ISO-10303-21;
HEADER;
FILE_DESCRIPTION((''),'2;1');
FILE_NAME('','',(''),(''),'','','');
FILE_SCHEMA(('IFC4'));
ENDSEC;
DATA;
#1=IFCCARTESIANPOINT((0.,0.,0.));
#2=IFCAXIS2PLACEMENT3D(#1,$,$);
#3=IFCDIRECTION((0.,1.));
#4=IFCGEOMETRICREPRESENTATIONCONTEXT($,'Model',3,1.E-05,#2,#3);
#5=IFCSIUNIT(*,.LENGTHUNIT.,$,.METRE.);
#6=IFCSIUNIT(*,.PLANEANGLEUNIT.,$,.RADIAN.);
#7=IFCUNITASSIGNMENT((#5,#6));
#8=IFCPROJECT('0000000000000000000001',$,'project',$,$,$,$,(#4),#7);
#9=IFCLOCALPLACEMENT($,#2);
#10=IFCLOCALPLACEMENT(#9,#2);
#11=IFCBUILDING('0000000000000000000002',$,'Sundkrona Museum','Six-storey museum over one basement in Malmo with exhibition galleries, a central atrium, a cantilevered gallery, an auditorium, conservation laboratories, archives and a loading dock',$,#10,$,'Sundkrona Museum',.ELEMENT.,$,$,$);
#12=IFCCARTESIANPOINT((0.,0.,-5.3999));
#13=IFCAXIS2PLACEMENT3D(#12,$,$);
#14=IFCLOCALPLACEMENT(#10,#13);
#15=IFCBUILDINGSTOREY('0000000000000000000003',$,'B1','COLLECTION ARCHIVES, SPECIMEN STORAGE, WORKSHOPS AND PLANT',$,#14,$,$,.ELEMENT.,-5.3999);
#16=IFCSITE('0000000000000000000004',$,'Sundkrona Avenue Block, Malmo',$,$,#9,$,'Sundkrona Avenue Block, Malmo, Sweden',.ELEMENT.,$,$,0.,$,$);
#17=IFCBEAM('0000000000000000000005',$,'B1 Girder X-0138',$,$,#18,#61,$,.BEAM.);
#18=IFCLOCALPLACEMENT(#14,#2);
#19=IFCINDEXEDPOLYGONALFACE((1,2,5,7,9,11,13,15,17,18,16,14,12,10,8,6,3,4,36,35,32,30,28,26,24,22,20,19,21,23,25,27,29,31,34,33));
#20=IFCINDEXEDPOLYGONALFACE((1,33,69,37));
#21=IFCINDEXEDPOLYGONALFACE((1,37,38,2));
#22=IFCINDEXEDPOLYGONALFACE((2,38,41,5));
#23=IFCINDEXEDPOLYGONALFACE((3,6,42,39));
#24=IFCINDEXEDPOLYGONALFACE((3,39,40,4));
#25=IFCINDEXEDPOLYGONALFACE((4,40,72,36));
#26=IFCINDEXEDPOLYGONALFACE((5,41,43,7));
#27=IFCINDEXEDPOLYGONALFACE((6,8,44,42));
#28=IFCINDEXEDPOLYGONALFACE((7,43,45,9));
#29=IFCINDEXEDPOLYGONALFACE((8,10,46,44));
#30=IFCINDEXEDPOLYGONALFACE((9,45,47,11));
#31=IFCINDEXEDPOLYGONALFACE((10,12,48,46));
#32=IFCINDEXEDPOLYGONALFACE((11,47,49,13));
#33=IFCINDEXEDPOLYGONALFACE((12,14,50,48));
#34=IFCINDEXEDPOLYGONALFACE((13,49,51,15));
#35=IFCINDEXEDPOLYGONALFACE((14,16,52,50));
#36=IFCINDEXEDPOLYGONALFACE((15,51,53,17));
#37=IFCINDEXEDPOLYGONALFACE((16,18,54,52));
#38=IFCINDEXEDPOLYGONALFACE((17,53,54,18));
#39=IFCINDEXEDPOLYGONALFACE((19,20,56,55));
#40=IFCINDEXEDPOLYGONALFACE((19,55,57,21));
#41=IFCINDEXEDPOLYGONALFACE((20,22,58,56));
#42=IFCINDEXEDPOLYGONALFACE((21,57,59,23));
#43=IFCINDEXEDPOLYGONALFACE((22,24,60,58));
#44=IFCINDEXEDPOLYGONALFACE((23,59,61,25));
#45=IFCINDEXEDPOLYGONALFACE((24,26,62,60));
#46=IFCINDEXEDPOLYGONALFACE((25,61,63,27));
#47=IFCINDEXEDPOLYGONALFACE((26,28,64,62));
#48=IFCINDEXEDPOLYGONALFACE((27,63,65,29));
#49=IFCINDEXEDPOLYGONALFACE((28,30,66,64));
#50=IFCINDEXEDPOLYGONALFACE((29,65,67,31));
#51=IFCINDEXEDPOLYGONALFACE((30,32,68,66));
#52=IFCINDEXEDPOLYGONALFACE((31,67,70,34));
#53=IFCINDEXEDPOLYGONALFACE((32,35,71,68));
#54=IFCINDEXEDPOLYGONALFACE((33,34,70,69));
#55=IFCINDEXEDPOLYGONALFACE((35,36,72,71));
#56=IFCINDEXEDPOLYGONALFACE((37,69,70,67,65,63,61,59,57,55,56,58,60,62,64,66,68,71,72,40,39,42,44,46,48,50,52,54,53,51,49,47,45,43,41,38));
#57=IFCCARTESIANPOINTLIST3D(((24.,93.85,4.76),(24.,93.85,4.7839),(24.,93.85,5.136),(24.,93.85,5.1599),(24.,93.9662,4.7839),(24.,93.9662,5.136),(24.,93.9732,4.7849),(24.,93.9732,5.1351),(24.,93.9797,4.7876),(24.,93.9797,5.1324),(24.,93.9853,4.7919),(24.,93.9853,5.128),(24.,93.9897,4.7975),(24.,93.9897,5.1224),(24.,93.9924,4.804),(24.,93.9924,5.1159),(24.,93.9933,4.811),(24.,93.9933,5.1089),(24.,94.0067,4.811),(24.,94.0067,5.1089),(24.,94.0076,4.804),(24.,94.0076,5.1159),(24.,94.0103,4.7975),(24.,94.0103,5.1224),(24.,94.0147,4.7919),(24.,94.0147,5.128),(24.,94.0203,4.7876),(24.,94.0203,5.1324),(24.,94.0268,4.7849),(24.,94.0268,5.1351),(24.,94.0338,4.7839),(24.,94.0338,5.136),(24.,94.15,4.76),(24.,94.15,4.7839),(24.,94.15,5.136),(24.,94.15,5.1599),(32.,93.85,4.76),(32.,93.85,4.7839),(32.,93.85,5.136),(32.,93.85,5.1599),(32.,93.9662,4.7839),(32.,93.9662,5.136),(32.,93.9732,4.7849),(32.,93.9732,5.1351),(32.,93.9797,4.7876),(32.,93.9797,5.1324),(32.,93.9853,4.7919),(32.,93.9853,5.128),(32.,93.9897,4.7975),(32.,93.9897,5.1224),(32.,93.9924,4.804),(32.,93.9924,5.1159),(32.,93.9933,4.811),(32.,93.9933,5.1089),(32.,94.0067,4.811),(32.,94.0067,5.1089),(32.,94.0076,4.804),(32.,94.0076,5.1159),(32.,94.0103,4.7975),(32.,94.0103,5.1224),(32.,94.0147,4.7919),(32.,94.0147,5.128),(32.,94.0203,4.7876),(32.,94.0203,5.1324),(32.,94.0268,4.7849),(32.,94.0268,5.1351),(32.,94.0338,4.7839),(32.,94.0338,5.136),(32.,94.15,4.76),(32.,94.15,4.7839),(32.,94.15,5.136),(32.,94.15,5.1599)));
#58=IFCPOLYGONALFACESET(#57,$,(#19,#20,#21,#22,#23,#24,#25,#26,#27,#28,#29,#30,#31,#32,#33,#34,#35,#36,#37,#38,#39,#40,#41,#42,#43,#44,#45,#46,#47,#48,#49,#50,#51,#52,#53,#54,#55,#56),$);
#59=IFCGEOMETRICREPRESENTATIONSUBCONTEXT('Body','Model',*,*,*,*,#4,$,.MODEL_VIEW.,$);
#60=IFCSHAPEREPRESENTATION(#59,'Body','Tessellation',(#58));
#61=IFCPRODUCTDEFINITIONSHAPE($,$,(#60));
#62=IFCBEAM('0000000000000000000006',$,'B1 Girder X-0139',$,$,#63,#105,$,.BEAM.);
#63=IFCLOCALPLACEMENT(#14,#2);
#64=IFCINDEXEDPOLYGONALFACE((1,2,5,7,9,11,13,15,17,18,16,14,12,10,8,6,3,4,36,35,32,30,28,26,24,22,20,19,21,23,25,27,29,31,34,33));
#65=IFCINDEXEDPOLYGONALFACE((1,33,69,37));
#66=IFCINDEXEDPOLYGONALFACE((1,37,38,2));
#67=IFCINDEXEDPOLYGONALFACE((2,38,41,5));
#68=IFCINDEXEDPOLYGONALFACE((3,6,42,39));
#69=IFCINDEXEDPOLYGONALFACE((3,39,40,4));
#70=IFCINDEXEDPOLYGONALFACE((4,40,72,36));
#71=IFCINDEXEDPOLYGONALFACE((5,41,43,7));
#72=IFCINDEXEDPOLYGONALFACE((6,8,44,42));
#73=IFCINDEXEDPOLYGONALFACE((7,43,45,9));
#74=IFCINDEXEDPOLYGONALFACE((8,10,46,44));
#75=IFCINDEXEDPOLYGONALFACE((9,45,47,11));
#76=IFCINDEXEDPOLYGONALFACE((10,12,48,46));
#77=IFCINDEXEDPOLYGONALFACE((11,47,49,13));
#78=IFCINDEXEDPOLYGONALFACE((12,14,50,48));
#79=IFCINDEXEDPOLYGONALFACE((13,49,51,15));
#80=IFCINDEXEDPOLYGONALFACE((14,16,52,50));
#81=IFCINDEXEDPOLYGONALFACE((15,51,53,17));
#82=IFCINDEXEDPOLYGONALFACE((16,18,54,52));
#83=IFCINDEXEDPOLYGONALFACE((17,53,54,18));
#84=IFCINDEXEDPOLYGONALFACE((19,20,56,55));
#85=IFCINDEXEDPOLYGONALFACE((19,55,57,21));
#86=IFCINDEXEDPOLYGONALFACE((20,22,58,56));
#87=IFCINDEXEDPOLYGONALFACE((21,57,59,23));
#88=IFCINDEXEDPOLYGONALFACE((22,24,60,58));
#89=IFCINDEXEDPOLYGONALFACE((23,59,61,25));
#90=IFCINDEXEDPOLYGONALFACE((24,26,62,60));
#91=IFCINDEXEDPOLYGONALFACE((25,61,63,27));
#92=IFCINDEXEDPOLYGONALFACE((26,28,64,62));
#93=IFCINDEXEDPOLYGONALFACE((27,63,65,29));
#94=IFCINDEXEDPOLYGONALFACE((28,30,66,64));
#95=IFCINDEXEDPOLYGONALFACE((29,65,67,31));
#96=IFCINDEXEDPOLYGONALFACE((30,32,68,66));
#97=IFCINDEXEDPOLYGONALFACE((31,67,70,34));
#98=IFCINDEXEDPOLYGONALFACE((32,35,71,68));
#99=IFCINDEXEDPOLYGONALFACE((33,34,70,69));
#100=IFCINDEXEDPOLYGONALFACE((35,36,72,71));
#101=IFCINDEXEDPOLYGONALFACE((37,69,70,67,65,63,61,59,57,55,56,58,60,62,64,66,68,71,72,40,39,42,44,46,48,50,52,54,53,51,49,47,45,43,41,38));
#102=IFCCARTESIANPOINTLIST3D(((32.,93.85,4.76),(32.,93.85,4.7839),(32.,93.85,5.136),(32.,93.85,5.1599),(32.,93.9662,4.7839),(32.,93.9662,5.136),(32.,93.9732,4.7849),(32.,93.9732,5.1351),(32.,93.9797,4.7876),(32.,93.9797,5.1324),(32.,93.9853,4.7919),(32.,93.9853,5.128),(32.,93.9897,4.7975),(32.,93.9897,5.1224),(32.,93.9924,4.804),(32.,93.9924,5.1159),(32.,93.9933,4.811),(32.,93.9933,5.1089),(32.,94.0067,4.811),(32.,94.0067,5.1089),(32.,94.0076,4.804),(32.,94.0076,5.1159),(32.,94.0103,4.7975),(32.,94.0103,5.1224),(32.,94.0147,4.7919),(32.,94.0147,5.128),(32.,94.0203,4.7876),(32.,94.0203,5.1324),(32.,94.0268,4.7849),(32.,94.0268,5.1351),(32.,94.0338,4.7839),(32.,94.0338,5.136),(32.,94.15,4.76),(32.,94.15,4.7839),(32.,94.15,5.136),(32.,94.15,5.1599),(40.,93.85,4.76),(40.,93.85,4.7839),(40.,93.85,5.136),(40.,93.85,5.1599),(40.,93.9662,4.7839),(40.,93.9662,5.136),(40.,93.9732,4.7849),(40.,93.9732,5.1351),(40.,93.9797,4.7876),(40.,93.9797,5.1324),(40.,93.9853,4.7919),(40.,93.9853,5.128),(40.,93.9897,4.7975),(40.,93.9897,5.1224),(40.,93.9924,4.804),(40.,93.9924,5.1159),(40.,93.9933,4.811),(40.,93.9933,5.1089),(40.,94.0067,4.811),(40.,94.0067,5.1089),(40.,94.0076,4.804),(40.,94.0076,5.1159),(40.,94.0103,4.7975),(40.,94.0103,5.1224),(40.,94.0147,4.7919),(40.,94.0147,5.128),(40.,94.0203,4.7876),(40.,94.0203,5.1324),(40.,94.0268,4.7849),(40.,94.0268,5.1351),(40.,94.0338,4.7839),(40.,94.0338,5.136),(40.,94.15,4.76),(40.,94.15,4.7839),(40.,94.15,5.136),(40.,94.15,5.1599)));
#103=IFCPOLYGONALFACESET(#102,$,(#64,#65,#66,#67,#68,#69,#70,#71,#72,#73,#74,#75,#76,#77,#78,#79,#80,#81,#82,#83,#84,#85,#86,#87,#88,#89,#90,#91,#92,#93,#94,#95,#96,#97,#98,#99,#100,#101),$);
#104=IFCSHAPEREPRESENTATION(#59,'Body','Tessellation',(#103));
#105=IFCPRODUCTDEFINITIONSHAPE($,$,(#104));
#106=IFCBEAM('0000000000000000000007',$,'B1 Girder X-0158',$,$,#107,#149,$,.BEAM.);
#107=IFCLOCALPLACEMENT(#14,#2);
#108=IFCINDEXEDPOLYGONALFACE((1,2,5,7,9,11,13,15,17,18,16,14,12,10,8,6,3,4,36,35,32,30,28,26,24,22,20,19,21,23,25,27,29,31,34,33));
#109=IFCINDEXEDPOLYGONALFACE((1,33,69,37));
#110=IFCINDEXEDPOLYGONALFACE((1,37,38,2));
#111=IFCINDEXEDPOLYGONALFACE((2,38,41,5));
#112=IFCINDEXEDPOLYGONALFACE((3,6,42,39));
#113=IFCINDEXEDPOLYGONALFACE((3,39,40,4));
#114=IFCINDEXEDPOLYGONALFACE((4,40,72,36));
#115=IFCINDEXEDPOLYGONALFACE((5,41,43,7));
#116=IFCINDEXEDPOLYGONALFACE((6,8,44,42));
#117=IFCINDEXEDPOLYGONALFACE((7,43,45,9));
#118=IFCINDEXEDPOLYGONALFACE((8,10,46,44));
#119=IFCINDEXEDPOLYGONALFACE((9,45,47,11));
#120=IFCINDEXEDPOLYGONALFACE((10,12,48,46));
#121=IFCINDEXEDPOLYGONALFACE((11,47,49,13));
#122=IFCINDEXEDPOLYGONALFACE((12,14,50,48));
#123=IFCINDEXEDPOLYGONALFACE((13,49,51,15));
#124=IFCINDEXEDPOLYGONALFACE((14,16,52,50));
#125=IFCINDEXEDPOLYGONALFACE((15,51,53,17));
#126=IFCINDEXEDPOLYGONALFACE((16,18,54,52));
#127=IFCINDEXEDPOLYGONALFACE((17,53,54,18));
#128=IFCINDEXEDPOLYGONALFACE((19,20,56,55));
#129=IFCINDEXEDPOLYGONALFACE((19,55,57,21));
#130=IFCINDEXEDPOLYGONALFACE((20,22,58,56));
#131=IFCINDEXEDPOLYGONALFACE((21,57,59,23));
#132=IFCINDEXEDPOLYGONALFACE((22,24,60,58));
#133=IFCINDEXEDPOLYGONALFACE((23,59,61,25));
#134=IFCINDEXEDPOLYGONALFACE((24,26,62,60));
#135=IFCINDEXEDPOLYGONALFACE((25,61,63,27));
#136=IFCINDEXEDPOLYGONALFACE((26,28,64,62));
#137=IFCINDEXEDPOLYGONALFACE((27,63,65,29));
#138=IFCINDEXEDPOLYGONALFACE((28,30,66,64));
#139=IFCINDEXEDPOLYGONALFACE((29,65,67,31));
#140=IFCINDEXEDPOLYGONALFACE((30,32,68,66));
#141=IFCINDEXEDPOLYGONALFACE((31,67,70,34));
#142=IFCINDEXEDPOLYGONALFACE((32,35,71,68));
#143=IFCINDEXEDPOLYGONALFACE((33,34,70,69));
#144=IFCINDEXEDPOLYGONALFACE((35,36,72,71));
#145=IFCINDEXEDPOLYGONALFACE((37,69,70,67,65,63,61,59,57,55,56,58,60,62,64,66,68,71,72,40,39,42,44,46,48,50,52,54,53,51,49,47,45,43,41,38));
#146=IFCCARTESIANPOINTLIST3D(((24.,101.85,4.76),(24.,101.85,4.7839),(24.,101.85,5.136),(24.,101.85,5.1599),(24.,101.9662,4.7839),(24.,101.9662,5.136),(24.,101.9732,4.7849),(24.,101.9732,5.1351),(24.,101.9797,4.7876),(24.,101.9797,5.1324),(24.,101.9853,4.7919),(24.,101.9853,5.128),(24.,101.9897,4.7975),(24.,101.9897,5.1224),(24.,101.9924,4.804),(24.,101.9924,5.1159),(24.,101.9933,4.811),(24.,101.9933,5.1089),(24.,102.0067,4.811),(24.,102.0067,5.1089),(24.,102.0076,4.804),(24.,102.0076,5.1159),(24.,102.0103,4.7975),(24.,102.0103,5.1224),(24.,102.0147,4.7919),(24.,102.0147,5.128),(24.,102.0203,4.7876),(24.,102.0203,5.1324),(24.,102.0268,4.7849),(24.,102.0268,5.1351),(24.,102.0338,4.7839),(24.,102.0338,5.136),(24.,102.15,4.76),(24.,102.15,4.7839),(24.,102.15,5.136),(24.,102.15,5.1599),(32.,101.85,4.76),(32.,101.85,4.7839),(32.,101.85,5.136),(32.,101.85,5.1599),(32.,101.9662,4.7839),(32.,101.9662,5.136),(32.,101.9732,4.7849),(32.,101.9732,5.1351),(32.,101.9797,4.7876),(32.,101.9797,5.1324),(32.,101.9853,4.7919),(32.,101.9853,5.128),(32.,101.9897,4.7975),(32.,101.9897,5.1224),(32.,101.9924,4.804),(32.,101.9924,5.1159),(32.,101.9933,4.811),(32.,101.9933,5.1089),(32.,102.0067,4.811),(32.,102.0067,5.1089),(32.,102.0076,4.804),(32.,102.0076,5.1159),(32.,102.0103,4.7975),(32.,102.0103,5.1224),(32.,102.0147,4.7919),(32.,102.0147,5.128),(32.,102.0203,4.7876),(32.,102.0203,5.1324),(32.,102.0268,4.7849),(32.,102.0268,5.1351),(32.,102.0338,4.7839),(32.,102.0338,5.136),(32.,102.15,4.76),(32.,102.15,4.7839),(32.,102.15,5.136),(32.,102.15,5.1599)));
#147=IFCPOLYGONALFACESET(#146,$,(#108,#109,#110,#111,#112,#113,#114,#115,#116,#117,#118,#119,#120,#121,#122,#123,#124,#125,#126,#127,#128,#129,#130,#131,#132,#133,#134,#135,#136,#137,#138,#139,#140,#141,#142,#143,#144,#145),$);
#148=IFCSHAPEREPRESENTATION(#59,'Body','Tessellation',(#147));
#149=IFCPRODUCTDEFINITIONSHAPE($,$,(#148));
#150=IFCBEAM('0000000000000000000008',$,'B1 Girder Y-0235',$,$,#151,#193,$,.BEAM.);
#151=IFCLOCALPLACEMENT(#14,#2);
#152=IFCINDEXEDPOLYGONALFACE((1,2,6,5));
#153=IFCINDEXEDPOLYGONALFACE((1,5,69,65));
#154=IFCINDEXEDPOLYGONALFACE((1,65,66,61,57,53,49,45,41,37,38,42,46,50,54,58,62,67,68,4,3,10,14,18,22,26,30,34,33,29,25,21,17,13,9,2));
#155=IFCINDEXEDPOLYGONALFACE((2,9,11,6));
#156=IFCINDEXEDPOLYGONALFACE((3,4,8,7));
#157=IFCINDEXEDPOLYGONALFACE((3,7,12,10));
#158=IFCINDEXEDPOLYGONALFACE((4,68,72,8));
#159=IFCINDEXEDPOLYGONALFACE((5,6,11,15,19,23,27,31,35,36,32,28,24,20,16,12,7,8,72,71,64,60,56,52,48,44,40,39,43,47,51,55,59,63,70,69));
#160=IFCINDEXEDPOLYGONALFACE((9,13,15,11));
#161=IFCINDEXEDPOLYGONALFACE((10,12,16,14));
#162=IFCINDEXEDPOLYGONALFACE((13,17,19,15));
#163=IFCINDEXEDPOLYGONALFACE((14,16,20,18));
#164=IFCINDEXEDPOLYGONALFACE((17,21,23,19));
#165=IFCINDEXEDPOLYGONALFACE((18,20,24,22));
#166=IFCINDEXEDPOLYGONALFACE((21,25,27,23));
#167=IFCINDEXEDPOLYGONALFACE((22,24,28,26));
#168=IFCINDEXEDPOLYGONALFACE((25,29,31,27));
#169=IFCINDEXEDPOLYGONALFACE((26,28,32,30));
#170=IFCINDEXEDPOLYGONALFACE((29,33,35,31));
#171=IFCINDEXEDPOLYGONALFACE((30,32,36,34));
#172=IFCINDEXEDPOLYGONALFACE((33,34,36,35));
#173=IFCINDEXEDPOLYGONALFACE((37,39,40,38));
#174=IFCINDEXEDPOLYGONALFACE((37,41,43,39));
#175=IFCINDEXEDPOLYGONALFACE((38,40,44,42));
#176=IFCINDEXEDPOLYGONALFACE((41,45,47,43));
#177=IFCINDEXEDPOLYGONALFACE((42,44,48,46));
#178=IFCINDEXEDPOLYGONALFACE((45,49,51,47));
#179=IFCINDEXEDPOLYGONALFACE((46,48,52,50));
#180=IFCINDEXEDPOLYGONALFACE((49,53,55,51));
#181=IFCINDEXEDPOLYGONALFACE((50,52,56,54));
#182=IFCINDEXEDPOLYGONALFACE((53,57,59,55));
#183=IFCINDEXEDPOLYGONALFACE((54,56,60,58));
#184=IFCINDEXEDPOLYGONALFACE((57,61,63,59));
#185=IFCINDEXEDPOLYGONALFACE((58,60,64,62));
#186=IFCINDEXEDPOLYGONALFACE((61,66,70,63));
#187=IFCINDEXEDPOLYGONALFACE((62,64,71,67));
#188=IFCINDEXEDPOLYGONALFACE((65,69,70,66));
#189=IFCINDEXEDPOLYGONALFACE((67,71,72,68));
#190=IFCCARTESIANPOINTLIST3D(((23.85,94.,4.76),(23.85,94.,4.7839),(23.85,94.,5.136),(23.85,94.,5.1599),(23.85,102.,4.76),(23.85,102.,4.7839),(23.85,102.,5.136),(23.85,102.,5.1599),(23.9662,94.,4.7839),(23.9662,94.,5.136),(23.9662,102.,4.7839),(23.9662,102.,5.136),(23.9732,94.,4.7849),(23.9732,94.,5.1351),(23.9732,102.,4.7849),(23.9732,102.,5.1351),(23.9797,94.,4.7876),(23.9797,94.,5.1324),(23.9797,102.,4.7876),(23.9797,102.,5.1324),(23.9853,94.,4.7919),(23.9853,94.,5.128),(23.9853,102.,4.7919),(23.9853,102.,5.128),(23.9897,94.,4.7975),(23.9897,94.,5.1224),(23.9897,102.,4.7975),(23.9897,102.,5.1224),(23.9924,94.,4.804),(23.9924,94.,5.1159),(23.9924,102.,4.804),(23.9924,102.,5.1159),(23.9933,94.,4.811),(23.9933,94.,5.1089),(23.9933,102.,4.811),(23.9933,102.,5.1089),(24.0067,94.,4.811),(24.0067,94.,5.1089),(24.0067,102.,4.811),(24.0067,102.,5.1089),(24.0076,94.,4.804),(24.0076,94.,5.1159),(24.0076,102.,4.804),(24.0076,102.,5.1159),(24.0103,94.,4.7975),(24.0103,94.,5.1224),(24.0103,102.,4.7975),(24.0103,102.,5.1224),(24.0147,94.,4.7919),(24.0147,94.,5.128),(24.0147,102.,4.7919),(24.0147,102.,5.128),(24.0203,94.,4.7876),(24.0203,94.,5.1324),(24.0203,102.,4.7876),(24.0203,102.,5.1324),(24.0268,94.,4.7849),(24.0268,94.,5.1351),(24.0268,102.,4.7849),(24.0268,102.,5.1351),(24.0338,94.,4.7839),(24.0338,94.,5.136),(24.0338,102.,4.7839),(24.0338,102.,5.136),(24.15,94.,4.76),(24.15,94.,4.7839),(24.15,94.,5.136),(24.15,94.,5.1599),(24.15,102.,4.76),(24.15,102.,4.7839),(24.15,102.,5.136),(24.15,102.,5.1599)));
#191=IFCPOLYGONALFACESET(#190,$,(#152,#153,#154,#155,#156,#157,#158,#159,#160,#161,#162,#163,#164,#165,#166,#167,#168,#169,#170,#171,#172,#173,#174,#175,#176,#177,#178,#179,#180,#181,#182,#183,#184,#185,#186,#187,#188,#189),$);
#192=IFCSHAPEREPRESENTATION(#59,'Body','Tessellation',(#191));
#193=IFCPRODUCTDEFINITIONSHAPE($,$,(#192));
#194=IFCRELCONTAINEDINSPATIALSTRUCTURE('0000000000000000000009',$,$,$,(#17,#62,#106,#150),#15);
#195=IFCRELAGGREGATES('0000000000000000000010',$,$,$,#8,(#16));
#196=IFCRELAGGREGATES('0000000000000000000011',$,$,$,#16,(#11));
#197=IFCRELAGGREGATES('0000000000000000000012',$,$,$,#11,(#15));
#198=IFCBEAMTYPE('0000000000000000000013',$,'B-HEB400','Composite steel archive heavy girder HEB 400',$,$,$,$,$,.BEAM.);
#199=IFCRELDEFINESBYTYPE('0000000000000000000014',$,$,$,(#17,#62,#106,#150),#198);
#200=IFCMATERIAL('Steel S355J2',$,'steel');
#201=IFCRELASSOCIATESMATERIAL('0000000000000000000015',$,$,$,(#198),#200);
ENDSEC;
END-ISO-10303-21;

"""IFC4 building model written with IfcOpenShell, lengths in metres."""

from ifc_helpers import new_model, si_unit, direction, frame, origin, origin_2d, place, context, subcontext, project, spatial, i_section, extrude, material, material_profile, profile_set, type_object, element, save


model = new_model("IFC4")

# Units and contexts
model_context = context("Model", 3, precision=1e-05, world=origin(), true_north=direction((0.0, 1.0)))
body_context = subcontext(model_context, "Body", "Model", "MODEL_VIEW")
ifc_project = project(units=[si_unit("LENGTHUNIT", "METRE"), si_unit("PLANEANGLEUNIT", "RADIAN")], contexts=[model_context])

# Site, building, storey
site_placement = place(None, origin())
site = spatial("IfcSite", under=ifc_project, at=site_placement, Name="Sundkrona Avenue Block, Malmo", LongName="Sundkrona Avenue Block, Malmo, Sweden", CompositionType="ELEMENT", RefElevation=0.0)
building_placement = place(site_placement, origin())
building = spatial("IfcBuilding", under=site, at=building_placement, Name="Sundkrona Museum", Description="Six-storey museum over one basement in Malmo with exhibition galleries, a central atrium, a cantilevered gallery, an auditorium, conservation laboratories, archives and a loading dock", LongName="Sundkrona Museum", CompositionType="ELEMENT")
storey_placement = place(building_placement, frame((0.0, 0.0, -5.3999)))
storey = spatial("IfcBuildingStorey", under=building, at=storey_placement, Name="B1", Description="COLLECTION ARCHIVES, SPECIMEN STORAGE, WORKSHOPS AND PLANT", CompositionType="ELEMENT", Elevation=-5.3999)

# Beams
ifc_material_1 = material(Name="Steel S355J2", Category="steel")
ifc_material_profile_1 = material_profile(ifc_material_1, i_section(OverallWidth=0.3, OverallDepth=0.3999, WebThickness=0.0134, FlangeThickness=0.0239, FilletRadius=0.0271, at=origin_2d()), Name="HEB 400")
ifc_profile_set_1 = profile_set([ifc_material_profile_1], Name="Steel S355J2")
beam_type_1 = type_object("IfcBeamType", Name="B-HEB400", Description="Composite steel archive heavy girder HEB 400", PredefinedType="BEAM", material=ifc_profile_set_1)
for number, where, z_axis, x_axis, name in (
    (1, (24.0, 94.0, 4.96), (1.0, 0.0, 0.0), (0.0, 1.0, 0.0), "B1 Girder X-0138"),
    (2, (32.0, 94.0, 4.96), (1.0, 0.0, 0.0), (0.0, 1.0, 0.0), "B1 Girder X-0139"),
    (3, (24.0, 102.0, 4.96), (1.0, 0.0, 0.0), (0.0, 1.0, 0.0), "B1 Girder X-0158"),
    (4, (24.0, 94.0, 4.96), (0.0, 1.0, 0.0), (-1.0, 0.0, 0.0), "B1 Girder Y-0235"),
):
    element("IfcBeam", number, at=place(storey_placement, frame(where, z_axis=z_axis, x_axis=x_axis)), inside=storey, type_object=beam_type_1, Name=name, PredefinedType="BEAM", context=body_context, shape_type="SweptSolid", body=[
        extrude(i_section(OverallWidth=0.3, OverallDepth=0.3999, WebThickness=0.0134, FlangeThickness=0.0239, FilletRadius=0.0271, at=origin_2d()), origin(), (0.0, 0.0, 1.0), 8.0),
    ])

save(model, "model.ifc")
